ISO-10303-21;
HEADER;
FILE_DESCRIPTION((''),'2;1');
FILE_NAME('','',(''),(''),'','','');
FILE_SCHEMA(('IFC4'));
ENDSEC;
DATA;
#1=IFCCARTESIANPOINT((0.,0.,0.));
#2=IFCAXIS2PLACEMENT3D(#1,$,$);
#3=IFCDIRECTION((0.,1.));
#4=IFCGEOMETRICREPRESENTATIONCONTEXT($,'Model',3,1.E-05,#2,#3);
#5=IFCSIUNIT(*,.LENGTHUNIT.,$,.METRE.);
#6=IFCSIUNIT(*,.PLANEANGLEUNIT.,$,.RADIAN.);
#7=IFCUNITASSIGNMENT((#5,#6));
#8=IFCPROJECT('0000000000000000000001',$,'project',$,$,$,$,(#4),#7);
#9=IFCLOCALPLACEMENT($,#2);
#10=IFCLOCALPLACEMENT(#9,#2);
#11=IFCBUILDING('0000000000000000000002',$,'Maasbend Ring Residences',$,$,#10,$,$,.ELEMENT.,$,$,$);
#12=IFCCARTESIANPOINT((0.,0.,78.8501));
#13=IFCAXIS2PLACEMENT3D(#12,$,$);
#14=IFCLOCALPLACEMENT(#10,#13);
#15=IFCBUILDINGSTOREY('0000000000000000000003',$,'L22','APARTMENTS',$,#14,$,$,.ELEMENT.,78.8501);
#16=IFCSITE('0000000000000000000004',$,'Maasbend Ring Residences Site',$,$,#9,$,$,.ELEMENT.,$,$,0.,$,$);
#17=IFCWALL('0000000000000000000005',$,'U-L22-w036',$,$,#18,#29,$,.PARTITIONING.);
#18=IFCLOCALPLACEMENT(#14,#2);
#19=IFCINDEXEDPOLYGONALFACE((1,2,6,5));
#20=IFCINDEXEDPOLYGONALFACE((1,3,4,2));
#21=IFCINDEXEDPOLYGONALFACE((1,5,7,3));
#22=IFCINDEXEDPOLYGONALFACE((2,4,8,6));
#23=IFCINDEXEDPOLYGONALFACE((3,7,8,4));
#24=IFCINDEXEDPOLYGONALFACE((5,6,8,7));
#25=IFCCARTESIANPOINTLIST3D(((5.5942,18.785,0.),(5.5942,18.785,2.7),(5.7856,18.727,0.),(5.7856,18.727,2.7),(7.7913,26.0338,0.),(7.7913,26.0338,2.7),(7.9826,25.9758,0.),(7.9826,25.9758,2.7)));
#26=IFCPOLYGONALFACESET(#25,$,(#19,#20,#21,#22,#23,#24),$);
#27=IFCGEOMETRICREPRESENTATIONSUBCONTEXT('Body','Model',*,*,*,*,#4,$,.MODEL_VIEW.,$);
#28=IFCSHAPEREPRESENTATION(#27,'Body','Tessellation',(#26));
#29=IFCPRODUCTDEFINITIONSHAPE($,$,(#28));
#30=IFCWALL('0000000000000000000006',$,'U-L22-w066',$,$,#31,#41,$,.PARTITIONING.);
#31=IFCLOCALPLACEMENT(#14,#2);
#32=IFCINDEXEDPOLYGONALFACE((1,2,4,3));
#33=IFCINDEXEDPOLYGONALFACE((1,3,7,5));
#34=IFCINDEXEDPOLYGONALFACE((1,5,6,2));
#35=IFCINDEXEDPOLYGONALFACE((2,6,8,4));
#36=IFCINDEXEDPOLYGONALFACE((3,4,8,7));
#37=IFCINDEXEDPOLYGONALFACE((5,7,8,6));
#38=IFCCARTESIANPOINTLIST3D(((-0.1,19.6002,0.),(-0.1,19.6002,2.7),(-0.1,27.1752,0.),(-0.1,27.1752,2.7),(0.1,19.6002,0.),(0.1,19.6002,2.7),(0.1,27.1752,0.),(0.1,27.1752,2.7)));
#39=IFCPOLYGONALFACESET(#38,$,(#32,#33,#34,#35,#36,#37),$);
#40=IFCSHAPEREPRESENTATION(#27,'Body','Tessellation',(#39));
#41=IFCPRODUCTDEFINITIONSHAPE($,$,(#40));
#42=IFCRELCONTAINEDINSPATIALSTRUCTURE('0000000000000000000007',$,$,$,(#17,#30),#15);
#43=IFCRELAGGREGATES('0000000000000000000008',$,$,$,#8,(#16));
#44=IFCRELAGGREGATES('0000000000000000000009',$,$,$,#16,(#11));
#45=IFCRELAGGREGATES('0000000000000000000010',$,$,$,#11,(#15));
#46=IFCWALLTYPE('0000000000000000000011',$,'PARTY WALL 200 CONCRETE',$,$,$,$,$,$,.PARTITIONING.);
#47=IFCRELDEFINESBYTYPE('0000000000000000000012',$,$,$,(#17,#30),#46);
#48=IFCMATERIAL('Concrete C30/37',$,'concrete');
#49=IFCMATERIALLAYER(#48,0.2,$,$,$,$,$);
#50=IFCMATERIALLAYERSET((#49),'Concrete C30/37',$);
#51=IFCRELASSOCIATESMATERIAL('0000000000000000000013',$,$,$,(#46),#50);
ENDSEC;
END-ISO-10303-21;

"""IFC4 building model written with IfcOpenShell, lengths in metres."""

from ifc_helpers import new_model, si_unit, direction, frame, frame_2d, origin, place, context, subcontext, project, spatial, rectangle, extrude, material, layer, layer_set, type_object, element, save


model = new_model("IFC4")

# Units and contexts
model_context = context("Model", 3, precision=1e-05, world=origin(), true_north=direction((0.0, 1.0)))
body_context = subcontext(model_context, "Body", "Model", "MODEL_VIEW")
ifc_project = project(units=[si_unit("LENGTHUNIT", "METRE"), si_unit("PLANEANGLEUNIT", "RADIAN")], contexts=[model_context])

# Site, building, storey
site_placement = place(None, origin())
site = spatial("IfcSite", under=ifc_project, at=site_placement, Name="Maasbend Ring Residences Site", CompositionType="ELEMENT", RefElevation=0.0)
building_placement = place(site_placement, origin())
building = spatial("IfcBuilding", under=site, at=building_placement, Name="Maasbend Ring Residences", CompositionType="ELEMENT")
storey_placement = place(building_placement, frame((0.0, 0.0, 78.8501)))
storey = spatial("IfcBuildingStorey", under=building, at=storey_placement, Name="L22", Description="APARTMENTS", CompositionType="ELEMENT", Elevation=78.8501)

# Walls
ifc_material_1 = material(Name="Concrete C30/37", Category="concrete")
ifc_layer_1 = layer(ifc_material_1, 0.2)
ifc_layer_set_1 = layer_set([ifc_layer_1], Name="Concrete C30/37")
wall_type_1 = type_object("IfcWallType", Name="PARTY WALL 200 CONCRETE", PredefinedType="PARTITIONING", material=ifc_layer_set_1)
wall_1_placement = place(storey_placement, frame((5.6899, 18.7561, 0.0), z_axis=(0.0, 0.0, 1.0), x_axis=(0.290058, 0.957009, 0.0)))
element("IfcWall", 1, at=wall_1_placement, inside=storey, type_object=wall_type_1, Name="U-L22-w036", PredefinedType="PARTITIONING", context=body_context, shape_type="SweptSolid", body=[
    extrude(rectangle(XDim=7.5745, YDim=0.2, at=frame_2d((3.7871, 0.0))), origin(), (0.0, 0.0, 1.0), 2.7),
])
wall_2_placement = place(storey_placement, frame((0.0, 19.6001, 0.0), z_axis=(0.0, 0.0, 1.0), x_axis=(0.0, 1.0, 0.0)))
element("IfcWall", 2, at=wall_2_placement, inside=storey, type_object=wall_type_1, Name="U-L22-w066", PredefinedType="PARTITIONING", context=body_context, shape_type="SweptSolid", body=[
    extrude(rectangle(XDim=7.575, YDim=0.2, at=frame_2d((3.7876, 0.0))), origin(), (0.0, 0.0, 1.0), 2.7),
])

save(model, "model.ifc")
